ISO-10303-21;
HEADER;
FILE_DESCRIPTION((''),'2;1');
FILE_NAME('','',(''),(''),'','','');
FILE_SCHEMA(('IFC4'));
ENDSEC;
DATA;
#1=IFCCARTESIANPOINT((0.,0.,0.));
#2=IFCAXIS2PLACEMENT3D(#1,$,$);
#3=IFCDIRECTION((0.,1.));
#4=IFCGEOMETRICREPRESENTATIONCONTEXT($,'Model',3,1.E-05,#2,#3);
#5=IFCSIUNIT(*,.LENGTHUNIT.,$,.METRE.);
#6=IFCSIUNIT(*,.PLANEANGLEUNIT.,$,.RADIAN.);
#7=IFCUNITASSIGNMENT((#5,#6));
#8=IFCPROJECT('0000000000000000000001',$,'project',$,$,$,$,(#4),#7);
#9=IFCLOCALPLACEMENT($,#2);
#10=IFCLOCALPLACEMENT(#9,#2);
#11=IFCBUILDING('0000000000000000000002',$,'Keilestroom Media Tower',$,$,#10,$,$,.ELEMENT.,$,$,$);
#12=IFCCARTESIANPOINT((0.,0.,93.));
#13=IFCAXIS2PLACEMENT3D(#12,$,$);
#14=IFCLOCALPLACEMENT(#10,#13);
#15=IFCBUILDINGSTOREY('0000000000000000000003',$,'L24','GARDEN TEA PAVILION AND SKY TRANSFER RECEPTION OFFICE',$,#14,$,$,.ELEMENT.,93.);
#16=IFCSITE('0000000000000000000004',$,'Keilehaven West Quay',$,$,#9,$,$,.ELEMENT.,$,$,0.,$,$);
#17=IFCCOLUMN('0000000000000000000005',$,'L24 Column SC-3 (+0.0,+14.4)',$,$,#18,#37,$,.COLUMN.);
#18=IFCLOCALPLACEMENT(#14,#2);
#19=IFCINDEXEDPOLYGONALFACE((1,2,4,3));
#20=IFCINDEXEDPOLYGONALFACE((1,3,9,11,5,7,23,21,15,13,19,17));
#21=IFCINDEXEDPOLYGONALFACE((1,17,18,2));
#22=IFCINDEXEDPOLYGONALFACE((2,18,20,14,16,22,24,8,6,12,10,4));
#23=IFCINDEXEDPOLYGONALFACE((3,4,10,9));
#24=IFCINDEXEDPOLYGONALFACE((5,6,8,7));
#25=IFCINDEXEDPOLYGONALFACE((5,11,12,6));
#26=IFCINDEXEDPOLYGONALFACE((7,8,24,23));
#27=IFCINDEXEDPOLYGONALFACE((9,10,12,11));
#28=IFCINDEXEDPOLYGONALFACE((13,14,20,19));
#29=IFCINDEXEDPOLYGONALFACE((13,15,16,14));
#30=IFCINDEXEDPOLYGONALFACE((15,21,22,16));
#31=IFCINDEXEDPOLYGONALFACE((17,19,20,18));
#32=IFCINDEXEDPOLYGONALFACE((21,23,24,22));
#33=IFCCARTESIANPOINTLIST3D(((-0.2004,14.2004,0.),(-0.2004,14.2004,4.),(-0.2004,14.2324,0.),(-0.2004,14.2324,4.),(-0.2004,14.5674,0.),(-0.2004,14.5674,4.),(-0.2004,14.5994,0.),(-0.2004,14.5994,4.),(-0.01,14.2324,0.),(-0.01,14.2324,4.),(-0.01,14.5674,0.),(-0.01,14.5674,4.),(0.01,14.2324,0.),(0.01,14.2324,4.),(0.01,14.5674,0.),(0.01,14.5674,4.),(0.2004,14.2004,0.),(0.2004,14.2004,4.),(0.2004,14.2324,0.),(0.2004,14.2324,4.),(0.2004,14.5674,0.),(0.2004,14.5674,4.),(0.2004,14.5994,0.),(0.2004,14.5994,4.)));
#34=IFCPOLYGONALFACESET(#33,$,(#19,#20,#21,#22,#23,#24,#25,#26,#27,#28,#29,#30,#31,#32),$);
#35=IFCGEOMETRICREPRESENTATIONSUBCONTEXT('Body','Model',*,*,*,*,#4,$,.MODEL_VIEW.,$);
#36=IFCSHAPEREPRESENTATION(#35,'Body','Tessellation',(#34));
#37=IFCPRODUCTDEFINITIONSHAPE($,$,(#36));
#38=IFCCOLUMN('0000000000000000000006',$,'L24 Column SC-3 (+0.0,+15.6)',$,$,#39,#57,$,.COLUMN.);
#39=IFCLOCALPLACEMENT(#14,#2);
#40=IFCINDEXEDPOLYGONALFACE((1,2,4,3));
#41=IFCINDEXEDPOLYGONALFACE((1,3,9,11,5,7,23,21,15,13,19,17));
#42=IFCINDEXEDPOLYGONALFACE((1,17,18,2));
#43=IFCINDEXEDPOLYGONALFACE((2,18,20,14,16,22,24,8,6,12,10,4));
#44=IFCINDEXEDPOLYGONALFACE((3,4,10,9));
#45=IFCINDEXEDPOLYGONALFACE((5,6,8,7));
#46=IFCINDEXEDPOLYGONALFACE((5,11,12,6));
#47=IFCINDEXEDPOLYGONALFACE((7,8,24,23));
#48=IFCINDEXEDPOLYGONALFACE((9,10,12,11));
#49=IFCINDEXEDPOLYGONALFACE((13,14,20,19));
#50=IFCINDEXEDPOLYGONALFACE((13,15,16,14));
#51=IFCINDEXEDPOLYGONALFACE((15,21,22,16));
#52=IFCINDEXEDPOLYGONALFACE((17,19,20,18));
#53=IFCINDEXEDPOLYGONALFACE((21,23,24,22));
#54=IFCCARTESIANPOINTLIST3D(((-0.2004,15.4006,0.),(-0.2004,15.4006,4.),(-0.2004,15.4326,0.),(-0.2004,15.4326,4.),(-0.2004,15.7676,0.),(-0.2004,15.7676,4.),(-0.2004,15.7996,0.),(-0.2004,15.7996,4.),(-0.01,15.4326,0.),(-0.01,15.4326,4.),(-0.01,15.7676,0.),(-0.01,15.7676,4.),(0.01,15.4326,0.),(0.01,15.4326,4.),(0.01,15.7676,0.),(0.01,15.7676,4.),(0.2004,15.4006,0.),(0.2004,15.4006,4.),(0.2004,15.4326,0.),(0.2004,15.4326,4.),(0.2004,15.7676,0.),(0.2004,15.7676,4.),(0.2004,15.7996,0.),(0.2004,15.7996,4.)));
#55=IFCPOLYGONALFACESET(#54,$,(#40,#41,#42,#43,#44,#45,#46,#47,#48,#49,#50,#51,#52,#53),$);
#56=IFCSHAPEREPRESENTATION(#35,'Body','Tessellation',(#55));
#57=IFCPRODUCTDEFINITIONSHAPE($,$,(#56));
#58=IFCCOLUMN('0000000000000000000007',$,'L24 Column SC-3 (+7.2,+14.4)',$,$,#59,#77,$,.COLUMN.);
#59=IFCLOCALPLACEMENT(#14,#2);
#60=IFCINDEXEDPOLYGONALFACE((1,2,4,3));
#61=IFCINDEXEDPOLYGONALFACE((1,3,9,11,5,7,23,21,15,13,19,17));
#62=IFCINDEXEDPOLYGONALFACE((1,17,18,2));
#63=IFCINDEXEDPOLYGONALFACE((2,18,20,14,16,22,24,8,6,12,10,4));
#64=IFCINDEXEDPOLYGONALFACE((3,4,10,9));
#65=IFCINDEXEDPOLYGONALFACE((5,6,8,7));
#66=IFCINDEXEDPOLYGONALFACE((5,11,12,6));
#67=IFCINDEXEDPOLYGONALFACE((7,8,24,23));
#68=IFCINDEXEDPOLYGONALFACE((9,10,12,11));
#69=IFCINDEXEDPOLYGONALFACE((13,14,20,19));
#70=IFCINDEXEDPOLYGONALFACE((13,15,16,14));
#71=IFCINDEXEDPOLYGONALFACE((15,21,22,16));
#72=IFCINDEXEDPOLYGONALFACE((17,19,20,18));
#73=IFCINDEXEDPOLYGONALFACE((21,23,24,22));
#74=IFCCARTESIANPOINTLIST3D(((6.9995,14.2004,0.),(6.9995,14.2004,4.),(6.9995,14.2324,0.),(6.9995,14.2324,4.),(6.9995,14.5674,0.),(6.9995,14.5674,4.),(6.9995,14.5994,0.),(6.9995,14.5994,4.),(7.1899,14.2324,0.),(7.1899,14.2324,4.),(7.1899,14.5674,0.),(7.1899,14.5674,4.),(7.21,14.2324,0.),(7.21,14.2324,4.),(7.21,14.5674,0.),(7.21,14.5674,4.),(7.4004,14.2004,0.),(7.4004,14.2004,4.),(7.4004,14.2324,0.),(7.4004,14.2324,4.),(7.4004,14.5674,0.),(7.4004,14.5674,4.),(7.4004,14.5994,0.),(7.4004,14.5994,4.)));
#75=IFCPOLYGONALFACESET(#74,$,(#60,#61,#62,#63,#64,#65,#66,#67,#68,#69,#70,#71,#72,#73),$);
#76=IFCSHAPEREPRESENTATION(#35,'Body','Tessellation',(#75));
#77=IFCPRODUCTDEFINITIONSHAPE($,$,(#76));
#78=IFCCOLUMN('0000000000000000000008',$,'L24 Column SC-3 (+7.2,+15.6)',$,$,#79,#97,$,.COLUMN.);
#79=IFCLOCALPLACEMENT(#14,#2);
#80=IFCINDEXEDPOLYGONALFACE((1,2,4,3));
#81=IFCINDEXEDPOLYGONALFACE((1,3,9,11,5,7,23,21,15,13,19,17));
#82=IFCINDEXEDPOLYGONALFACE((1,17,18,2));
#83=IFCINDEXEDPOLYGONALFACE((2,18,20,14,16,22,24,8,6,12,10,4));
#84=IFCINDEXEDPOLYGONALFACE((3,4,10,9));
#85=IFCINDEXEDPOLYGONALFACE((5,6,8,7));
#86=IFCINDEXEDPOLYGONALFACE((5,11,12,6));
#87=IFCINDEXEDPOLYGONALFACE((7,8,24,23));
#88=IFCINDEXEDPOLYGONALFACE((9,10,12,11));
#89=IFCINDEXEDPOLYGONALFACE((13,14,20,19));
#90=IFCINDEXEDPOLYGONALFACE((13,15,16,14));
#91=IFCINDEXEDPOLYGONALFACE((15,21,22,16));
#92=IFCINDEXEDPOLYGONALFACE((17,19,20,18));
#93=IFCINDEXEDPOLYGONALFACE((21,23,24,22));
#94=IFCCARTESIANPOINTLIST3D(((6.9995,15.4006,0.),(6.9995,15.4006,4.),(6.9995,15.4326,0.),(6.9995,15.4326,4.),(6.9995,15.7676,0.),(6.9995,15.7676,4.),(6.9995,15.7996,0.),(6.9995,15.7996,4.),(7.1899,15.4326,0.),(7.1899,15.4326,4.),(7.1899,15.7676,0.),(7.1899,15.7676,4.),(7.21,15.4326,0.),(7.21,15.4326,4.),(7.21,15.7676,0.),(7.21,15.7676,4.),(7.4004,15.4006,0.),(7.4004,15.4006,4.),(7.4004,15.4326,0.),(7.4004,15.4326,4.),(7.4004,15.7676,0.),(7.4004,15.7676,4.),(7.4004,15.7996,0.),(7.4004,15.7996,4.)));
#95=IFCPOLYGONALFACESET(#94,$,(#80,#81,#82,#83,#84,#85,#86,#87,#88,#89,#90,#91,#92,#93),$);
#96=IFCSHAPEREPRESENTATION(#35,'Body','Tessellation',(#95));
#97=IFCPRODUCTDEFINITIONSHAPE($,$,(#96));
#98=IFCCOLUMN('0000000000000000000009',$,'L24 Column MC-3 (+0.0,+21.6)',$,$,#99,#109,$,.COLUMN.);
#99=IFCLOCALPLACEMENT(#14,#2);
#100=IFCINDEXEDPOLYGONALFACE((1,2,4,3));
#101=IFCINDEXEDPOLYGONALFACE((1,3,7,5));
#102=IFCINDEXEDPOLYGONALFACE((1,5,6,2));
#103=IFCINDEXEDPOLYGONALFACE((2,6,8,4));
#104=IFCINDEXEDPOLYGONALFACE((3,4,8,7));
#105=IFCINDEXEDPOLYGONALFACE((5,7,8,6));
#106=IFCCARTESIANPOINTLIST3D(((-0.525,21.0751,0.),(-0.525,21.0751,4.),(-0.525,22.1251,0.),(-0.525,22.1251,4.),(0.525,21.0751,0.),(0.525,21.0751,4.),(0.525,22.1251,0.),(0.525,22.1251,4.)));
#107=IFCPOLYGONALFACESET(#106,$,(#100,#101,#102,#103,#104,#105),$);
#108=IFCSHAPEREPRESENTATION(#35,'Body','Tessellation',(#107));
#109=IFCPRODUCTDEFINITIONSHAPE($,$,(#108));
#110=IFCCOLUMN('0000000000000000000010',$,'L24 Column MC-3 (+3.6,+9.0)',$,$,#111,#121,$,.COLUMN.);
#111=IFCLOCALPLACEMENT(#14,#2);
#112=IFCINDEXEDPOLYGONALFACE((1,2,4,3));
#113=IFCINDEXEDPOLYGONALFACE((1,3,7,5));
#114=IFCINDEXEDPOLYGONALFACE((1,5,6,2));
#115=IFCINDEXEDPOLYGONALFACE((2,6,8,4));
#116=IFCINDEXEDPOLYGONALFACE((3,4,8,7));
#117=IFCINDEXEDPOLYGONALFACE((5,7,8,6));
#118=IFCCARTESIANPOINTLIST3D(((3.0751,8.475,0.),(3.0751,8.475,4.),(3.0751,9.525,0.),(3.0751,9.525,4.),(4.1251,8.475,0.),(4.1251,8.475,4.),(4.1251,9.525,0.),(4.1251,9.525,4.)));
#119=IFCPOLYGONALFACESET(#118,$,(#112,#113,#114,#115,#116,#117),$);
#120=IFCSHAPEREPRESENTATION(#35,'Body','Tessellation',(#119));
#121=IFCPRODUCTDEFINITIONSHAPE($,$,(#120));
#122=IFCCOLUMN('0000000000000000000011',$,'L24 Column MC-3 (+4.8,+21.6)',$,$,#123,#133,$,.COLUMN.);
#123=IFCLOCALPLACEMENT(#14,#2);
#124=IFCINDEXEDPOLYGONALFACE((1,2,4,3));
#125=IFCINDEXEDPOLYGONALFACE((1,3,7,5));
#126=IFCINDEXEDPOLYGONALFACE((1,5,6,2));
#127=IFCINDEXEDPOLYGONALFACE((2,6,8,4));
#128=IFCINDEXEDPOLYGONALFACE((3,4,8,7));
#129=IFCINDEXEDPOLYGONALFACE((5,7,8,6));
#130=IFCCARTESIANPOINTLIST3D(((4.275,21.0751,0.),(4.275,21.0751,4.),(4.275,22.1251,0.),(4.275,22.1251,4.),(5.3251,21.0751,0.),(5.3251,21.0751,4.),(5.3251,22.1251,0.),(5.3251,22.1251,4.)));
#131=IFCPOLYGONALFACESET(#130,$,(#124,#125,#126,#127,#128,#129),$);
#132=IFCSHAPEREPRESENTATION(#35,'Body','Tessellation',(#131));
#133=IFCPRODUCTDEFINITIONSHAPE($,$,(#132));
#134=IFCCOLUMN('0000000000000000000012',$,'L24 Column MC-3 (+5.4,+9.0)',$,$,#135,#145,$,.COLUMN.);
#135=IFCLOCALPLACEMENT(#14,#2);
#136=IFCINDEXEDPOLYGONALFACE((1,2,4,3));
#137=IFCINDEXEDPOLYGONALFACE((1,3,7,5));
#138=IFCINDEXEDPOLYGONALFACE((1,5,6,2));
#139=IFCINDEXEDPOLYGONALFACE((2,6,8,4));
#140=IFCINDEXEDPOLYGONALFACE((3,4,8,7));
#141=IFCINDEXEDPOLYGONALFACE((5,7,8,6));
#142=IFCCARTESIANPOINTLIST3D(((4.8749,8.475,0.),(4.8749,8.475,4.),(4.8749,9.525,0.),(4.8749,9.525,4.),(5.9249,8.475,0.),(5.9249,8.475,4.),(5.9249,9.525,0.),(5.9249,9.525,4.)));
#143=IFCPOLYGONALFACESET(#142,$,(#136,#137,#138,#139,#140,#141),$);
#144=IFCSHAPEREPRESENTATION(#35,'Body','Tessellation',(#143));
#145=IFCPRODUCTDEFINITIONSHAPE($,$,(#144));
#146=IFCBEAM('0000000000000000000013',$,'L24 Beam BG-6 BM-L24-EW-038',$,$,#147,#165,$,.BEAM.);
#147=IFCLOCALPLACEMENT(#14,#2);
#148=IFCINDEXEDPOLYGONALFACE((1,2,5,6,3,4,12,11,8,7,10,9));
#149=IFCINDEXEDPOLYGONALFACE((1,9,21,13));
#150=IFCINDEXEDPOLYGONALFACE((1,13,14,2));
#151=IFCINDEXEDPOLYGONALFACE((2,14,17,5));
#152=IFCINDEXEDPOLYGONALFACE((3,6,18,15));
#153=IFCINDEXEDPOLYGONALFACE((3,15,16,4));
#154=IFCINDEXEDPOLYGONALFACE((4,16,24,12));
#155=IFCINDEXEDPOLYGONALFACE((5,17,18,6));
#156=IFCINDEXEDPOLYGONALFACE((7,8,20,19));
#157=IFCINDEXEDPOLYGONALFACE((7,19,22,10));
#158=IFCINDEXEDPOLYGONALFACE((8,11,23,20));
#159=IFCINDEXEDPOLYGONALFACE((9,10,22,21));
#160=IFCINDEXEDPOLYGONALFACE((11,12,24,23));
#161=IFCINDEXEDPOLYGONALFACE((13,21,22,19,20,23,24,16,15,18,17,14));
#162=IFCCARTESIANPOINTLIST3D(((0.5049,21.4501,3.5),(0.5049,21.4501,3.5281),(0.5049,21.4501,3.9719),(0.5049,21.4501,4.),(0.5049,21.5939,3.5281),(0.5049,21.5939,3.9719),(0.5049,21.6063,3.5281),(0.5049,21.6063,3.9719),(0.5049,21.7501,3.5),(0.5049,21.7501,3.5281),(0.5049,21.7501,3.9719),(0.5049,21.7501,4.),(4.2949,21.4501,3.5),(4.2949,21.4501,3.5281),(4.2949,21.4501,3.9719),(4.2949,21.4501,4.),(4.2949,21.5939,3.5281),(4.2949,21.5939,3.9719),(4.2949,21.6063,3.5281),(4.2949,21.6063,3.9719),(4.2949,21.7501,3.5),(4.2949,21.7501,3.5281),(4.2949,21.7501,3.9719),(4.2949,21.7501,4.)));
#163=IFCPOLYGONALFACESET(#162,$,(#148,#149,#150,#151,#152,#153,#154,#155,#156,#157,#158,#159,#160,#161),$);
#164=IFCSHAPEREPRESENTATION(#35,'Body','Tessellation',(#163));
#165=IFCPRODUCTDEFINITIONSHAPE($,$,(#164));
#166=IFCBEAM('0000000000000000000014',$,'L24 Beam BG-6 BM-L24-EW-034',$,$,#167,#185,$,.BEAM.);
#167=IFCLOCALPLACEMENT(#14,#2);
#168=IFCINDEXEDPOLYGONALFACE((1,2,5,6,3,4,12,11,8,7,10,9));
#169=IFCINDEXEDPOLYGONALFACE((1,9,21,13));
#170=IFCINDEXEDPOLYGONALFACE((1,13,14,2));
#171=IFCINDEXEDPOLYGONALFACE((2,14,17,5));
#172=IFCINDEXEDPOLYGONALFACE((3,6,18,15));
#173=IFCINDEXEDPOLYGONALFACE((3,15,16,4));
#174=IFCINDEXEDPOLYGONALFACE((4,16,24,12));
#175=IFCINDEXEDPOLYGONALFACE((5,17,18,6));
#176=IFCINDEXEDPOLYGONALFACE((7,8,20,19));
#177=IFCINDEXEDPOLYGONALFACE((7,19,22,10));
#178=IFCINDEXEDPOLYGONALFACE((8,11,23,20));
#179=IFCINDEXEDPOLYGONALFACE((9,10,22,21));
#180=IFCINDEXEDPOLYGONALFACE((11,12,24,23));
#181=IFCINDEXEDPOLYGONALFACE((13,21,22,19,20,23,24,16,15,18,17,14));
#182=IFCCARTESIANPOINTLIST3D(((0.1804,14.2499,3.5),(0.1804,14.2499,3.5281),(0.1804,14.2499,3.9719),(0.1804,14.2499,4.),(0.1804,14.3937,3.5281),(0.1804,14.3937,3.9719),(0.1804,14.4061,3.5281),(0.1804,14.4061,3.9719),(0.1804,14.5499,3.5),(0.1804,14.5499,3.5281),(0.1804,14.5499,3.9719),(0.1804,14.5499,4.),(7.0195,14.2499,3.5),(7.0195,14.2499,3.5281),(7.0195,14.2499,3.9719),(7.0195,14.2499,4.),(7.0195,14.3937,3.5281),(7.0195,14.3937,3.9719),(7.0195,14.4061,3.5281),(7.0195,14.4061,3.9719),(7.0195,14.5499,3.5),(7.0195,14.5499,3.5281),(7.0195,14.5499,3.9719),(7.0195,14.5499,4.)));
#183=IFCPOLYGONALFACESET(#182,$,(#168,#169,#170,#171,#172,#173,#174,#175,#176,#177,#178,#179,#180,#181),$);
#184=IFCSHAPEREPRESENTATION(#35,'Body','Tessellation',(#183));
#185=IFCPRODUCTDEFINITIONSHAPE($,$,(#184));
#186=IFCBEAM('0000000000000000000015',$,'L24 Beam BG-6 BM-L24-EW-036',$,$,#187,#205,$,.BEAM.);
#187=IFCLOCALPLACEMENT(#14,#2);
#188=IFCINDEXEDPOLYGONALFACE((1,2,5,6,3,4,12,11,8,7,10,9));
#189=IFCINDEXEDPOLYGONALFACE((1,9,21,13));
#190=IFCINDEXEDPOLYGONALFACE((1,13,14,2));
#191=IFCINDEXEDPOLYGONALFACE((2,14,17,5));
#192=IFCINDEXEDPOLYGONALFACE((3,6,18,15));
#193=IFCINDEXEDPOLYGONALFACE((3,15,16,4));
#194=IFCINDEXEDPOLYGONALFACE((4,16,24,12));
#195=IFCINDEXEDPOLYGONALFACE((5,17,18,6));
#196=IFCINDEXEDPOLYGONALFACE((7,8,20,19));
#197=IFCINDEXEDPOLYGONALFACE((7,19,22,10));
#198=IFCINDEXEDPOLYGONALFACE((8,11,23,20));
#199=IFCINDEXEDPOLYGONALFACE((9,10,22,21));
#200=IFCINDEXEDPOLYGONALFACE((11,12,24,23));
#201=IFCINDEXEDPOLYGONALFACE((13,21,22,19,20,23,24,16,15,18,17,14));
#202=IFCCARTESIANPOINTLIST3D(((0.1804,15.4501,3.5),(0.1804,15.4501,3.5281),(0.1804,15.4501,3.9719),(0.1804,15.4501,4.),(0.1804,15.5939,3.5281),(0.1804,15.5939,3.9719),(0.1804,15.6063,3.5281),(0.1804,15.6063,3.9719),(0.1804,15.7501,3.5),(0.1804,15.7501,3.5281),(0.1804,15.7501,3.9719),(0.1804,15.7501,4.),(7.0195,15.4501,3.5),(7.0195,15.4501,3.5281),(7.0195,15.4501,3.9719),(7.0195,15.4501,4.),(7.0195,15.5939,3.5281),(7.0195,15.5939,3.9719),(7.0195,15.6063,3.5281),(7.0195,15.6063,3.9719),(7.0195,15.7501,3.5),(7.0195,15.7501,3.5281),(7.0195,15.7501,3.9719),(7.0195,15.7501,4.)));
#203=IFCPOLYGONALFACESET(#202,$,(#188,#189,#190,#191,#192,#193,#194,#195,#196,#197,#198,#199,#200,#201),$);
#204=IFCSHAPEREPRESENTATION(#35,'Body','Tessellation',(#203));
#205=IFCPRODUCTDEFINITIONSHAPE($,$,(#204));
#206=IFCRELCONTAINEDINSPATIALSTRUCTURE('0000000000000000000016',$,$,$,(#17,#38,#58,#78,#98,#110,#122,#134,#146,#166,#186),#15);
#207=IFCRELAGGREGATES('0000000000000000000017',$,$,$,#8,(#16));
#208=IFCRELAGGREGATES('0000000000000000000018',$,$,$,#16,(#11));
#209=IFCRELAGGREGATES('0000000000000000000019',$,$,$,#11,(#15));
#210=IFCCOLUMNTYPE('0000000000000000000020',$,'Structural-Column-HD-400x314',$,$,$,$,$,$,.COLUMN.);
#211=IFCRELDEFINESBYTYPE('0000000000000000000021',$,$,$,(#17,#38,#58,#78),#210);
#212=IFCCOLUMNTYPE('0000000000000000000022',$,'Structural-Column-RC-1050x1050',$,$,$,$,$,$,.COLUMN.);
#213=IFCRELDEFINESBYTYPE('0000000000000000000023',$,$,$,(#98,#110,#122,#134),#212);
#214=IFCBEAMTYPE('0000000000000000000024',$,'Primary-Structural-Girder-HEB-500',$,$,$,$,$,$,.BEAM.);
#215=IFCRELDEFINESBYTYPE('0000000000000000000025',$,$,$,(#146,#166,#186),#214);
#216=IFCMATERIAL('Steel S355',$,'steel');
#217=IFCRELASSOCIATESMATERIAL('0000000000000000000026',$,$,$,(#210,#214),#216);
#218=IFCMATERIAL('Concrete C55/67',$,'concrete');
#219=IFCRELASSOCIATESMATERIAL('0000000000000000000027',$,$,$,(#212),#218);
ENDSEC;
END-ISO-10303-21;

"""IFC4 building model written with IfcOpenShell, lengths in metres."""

from ifc_helpers import new_model, si_unit, direction, frame, origin, origin_2d, place, context, subcontext, project, spatial, rectangle, i_section, extrude, source, transform, mapped, material, material_profile, profile_set, type_object, element, save


model = new_model("IFC4")

# Units and contexts
model_context = context("Model", 3, precision=1e-05, world=origin(), true_north=direction((0.0, 1.0)))
body_context = subcontext(model_context, "Body", "Model", "MODEL_VIEW")
ifc_project = project(units=[si_unit("LENGTHUNIT", "METRE"), si_unit("PLANEANGLEUNIT", "RADIAN")], contexts=[model_context])

# Site, building, storey
site_placement = place(None, origin())
site = spatial("IfcSite", under=ifc_project, at=site_placement, Name="Keilehaven West Quay", CompositionType="ELEMENT", RefElevation=0.0)
building_placement = place(site_placement, origin())
building = spatial("IfcBuilding", under=site, at=building_placement, Name="Keilestroom Media Tower", CompositionType="ELEMENT")
storey_placement = place(building_placement, frame((0.0, 0.0, 93.0)))
storey = spatial("IfcBuildingStorey", under=building, at=storey_placement, Name="L24", Description="GARDEN TEA PAVILION AND SKY TRANSFER RECEPTION OFFICE", CompositionType="ELEMENT", Elevation=93.0)

# Columns
ifc_material_1 = material(Name="Steel S355", Category="steel")
ifc_material_profile_1 = material_profile(ifc_material_1, i_section(OverallWidth=0.4009, OverallDepth=0.3989, WebThickness=0.02, FlangeThickness=0.032, at=origin_2d()), Name="HD 400x314")
ifc_profile_set_1 = profile_set([ifc_material_profile_1], Name="Steel S355")
column_type_1 = type_object("IfcColumnType", Name="Structural-Column-HD-400x314", PredefinedType="COLUMN", material=ifc_profile_set_1)
shared_shape_1 = source(origin(), body_context, "Body", "SweptSolid", [
    extrude(i_section(OverallWidth=0.4009, OverallDepth=0.3989, WebThickness=0.02, FlangeThickness=0.032, at=origin_2d()), origin(), (0.0, 0.0, 1.0), 4.0),
])
for number, where, z_axis, x_axis, name in (
    (1, (0.0, 14.3999, 0.0), (0.0, 0.0, 1.0), (1.0, 0.0, 0.0), "L24 Column SC-3 (+0.0,+14.4)"),
    (2, (0.0, 15.6001, 0.0), (0.0, 0.0, 1.0), (1.0, 0.0, 0.0), "L24 Column SC-3 (+0.0,+15.6)"),
    (3, (7.2, 14.3999, 0.0), (0.0, 0.0, 1.0), (1.0, 0.0, 0.0), "L24 Column SC-3 (+7.2,+14.4)"),
    (4, (7.2, 15.6001, 0.0), (0.0, 0.0, 1.0), (1.0, 0.0, 0.0), "L24 Column SC-3 (+7.2,+15.6)"),
):
    element("IfcColumn", number, at=place(storey_placement, frame(where, z_axis=z_axis, x_axis=x_axis)), inside=storey, type_object=column_type_1, Name=name, PredefinedType="COLUMN", context=body_context, shape_type="MappedRepresentation", body=[
        mapped(shared_shape_1, transform((0.0, 0.0, 0.0), x_axis=(1.0, 0.0, 0.0), y_axis=(0.0, 1.0, 0.0), z_axis=(0.0, 0.0, 1.0), scale=1.0)),
    ])
ifc_material_2 = material(Name="Concrete C55/67", Category="concrete")
ifc_material_profile_2 = material_profile(ifc_material_2, rectangle(XDim=1.05, YDim=1.05, at=origin_2d()), Name="RC 1050x1050")
ifc_profile_set_2 = profile_set([ifc_material_profile_2], Name="Concrete C55/67")
column_type_2 = type_object("IfcColumnType", Name="Structural-Column-RC-1050x1050", PredefinedType="COLUMN", material=ifc_profile_set_2)
shared_shape_2 = source(origin(), body_context, "Body", "SweptSolid", [
    extrude(rectangle(XDim=1.05, YDim=1.05, at=origin_2d()), origin(), (0.0, 0.0, 1.0), 4.0),
])
for number, where, z_axis, x_axis, name in (
    (5, (0.0, 21.6001, 0.0), (0.0, 0.0, 1.0), (1.0, 0.0, 0.0), "L24 Column MC-3 (+0.0,+21.6)"),
    (6, (3.6001, 9.0, 0.0), (0.0, 0.0, 1.0), (1.0, 0.0, 0.0), "L24 Column MC-3 (+3.6,+9.0)"),
    (7, (4.8, 21.6001, 0.0), (0.0, 0.0, 1.0), (1.0, 0.0, 0.0), "L24 Column MC-3 (+4.8,+21.6)"),
    (8, (5.3999, 9.0, 0.0), (0.0, 0.0, 1.0), (1.0, 0.0, 0.0), "L24 Column MC-3 (+5.4,+9.0)"),
):
    element("IfcColumn", number, at=place(storey_placement, frame(where, z_axis=z_axis, x_axis=x_axis)), inside=storey, type_object=column_type_2, Name=name, PredefinedType="COLUMN", context=body_context, shape_type="MappedRepresentation", body=[
        mapped(shared_shape_2, transform((0.0, 0.0, 0.0), x_axis=(1.0, 0.0, 0.0), y_axis=(0.0, 1.0, 0.0), z_axis=(0.0, 0.0, 1.0), scale=1.0)),
    ])

# Beams
ifc_material_profile_3 = material_profile(ifc_material_1, i_section(OverallWidth=0.3, OverallDepth=0.5, WebThickness=0.0125, FlangeThickness=0.0281, at=origin_2d()), Name="HEB 500")
ifc_profile_set_3 = profile_set([ifc_material_profile_3], Name="Steel S355")
beam_type_1 = type_object("IfcBeamType", Name="Primary-Structural-Girder-HEB-500", PredefinedType="BEAM", material=ifc_profile_set_3)
shared_shape_3 = source(origin(), body_context, "Body", "SweptSolid", [
    extrude(i_section(OverallWidth=0.3, OverallDepth=0.5, WebThickness=0.0125, FlangeThickness=0.0281, at=origin_2d()), origin(), (0.0, 0.0, 1.0), 3.79),
])
beam_1_placement = place(storey_placement, frame((0.5049, 21.6001, 3.75), z_axis=(1.0, 0.0, 0.0), x_axis=(0.0, 1.0, 0.0)))
element("IfcBeam", 9, at=beam_1_placement, inside=storey, type_object=beam_type_1, Name="L24 Beam BG-6 BM-L24-EW-038", PredefinedType="BEAM", context=body_context, shape_type="MappedRepresentation", body=[
    mapped(shared_shape_3, transform((0.0, 0.0, 0.0), x_axis=(1.0, 0.0, 0.0), y_axis=(0.0, 1.0, 0.0), z_axis=(0.0, 0.0, 1.0), scale=1.0)),
])
shared_shape_4 = source(origin(), body_context, "Body", "SweptSolid", [
    extrude(i_section(OverallWidth=0.3, OverallDepth=0.5, WebThickness=0.0125, FlangeThickness=0.0281, at=origin_2d()), origin(), (0.0, 0.0, 1.0), 6.8391),
])
for number, where, z_axis, x_axis, name in (
    (10, (0.1804, 14.3999, 3.75), (1.0, 0.0, 0.0), (0.0, 1.0, 0.0), "L24 Beam BG-6 BM-L24-EW-034"),
    (11, (0.1804, 15.6001, 3.75), (1.0, 0.0, 0.0), (0.0, 1.0, 0.0), "L24 Beam BG-6 BM-L24-EW-036"),
):
    element("IfcBeam", number, at=place(storey_placement, frame(where, z_axis=z_axis, x_axis=x_axis)), inside=storey, type_object=beam_type_1, Name=name, PredefinedType="BEAM", context=body_context, shape_type="MappedRepresentation", body=[
        mapped(shared_shape_4, transform((0.0, 0.0, 0.0), x_axis=(1.0, 0.0, 0.0), y_axis=(0.0, 1.0, 0.0), z_axis=(0.0, 0.0, 1.0), scale=1.0)),
    ])

save(model, "model.ifc")
